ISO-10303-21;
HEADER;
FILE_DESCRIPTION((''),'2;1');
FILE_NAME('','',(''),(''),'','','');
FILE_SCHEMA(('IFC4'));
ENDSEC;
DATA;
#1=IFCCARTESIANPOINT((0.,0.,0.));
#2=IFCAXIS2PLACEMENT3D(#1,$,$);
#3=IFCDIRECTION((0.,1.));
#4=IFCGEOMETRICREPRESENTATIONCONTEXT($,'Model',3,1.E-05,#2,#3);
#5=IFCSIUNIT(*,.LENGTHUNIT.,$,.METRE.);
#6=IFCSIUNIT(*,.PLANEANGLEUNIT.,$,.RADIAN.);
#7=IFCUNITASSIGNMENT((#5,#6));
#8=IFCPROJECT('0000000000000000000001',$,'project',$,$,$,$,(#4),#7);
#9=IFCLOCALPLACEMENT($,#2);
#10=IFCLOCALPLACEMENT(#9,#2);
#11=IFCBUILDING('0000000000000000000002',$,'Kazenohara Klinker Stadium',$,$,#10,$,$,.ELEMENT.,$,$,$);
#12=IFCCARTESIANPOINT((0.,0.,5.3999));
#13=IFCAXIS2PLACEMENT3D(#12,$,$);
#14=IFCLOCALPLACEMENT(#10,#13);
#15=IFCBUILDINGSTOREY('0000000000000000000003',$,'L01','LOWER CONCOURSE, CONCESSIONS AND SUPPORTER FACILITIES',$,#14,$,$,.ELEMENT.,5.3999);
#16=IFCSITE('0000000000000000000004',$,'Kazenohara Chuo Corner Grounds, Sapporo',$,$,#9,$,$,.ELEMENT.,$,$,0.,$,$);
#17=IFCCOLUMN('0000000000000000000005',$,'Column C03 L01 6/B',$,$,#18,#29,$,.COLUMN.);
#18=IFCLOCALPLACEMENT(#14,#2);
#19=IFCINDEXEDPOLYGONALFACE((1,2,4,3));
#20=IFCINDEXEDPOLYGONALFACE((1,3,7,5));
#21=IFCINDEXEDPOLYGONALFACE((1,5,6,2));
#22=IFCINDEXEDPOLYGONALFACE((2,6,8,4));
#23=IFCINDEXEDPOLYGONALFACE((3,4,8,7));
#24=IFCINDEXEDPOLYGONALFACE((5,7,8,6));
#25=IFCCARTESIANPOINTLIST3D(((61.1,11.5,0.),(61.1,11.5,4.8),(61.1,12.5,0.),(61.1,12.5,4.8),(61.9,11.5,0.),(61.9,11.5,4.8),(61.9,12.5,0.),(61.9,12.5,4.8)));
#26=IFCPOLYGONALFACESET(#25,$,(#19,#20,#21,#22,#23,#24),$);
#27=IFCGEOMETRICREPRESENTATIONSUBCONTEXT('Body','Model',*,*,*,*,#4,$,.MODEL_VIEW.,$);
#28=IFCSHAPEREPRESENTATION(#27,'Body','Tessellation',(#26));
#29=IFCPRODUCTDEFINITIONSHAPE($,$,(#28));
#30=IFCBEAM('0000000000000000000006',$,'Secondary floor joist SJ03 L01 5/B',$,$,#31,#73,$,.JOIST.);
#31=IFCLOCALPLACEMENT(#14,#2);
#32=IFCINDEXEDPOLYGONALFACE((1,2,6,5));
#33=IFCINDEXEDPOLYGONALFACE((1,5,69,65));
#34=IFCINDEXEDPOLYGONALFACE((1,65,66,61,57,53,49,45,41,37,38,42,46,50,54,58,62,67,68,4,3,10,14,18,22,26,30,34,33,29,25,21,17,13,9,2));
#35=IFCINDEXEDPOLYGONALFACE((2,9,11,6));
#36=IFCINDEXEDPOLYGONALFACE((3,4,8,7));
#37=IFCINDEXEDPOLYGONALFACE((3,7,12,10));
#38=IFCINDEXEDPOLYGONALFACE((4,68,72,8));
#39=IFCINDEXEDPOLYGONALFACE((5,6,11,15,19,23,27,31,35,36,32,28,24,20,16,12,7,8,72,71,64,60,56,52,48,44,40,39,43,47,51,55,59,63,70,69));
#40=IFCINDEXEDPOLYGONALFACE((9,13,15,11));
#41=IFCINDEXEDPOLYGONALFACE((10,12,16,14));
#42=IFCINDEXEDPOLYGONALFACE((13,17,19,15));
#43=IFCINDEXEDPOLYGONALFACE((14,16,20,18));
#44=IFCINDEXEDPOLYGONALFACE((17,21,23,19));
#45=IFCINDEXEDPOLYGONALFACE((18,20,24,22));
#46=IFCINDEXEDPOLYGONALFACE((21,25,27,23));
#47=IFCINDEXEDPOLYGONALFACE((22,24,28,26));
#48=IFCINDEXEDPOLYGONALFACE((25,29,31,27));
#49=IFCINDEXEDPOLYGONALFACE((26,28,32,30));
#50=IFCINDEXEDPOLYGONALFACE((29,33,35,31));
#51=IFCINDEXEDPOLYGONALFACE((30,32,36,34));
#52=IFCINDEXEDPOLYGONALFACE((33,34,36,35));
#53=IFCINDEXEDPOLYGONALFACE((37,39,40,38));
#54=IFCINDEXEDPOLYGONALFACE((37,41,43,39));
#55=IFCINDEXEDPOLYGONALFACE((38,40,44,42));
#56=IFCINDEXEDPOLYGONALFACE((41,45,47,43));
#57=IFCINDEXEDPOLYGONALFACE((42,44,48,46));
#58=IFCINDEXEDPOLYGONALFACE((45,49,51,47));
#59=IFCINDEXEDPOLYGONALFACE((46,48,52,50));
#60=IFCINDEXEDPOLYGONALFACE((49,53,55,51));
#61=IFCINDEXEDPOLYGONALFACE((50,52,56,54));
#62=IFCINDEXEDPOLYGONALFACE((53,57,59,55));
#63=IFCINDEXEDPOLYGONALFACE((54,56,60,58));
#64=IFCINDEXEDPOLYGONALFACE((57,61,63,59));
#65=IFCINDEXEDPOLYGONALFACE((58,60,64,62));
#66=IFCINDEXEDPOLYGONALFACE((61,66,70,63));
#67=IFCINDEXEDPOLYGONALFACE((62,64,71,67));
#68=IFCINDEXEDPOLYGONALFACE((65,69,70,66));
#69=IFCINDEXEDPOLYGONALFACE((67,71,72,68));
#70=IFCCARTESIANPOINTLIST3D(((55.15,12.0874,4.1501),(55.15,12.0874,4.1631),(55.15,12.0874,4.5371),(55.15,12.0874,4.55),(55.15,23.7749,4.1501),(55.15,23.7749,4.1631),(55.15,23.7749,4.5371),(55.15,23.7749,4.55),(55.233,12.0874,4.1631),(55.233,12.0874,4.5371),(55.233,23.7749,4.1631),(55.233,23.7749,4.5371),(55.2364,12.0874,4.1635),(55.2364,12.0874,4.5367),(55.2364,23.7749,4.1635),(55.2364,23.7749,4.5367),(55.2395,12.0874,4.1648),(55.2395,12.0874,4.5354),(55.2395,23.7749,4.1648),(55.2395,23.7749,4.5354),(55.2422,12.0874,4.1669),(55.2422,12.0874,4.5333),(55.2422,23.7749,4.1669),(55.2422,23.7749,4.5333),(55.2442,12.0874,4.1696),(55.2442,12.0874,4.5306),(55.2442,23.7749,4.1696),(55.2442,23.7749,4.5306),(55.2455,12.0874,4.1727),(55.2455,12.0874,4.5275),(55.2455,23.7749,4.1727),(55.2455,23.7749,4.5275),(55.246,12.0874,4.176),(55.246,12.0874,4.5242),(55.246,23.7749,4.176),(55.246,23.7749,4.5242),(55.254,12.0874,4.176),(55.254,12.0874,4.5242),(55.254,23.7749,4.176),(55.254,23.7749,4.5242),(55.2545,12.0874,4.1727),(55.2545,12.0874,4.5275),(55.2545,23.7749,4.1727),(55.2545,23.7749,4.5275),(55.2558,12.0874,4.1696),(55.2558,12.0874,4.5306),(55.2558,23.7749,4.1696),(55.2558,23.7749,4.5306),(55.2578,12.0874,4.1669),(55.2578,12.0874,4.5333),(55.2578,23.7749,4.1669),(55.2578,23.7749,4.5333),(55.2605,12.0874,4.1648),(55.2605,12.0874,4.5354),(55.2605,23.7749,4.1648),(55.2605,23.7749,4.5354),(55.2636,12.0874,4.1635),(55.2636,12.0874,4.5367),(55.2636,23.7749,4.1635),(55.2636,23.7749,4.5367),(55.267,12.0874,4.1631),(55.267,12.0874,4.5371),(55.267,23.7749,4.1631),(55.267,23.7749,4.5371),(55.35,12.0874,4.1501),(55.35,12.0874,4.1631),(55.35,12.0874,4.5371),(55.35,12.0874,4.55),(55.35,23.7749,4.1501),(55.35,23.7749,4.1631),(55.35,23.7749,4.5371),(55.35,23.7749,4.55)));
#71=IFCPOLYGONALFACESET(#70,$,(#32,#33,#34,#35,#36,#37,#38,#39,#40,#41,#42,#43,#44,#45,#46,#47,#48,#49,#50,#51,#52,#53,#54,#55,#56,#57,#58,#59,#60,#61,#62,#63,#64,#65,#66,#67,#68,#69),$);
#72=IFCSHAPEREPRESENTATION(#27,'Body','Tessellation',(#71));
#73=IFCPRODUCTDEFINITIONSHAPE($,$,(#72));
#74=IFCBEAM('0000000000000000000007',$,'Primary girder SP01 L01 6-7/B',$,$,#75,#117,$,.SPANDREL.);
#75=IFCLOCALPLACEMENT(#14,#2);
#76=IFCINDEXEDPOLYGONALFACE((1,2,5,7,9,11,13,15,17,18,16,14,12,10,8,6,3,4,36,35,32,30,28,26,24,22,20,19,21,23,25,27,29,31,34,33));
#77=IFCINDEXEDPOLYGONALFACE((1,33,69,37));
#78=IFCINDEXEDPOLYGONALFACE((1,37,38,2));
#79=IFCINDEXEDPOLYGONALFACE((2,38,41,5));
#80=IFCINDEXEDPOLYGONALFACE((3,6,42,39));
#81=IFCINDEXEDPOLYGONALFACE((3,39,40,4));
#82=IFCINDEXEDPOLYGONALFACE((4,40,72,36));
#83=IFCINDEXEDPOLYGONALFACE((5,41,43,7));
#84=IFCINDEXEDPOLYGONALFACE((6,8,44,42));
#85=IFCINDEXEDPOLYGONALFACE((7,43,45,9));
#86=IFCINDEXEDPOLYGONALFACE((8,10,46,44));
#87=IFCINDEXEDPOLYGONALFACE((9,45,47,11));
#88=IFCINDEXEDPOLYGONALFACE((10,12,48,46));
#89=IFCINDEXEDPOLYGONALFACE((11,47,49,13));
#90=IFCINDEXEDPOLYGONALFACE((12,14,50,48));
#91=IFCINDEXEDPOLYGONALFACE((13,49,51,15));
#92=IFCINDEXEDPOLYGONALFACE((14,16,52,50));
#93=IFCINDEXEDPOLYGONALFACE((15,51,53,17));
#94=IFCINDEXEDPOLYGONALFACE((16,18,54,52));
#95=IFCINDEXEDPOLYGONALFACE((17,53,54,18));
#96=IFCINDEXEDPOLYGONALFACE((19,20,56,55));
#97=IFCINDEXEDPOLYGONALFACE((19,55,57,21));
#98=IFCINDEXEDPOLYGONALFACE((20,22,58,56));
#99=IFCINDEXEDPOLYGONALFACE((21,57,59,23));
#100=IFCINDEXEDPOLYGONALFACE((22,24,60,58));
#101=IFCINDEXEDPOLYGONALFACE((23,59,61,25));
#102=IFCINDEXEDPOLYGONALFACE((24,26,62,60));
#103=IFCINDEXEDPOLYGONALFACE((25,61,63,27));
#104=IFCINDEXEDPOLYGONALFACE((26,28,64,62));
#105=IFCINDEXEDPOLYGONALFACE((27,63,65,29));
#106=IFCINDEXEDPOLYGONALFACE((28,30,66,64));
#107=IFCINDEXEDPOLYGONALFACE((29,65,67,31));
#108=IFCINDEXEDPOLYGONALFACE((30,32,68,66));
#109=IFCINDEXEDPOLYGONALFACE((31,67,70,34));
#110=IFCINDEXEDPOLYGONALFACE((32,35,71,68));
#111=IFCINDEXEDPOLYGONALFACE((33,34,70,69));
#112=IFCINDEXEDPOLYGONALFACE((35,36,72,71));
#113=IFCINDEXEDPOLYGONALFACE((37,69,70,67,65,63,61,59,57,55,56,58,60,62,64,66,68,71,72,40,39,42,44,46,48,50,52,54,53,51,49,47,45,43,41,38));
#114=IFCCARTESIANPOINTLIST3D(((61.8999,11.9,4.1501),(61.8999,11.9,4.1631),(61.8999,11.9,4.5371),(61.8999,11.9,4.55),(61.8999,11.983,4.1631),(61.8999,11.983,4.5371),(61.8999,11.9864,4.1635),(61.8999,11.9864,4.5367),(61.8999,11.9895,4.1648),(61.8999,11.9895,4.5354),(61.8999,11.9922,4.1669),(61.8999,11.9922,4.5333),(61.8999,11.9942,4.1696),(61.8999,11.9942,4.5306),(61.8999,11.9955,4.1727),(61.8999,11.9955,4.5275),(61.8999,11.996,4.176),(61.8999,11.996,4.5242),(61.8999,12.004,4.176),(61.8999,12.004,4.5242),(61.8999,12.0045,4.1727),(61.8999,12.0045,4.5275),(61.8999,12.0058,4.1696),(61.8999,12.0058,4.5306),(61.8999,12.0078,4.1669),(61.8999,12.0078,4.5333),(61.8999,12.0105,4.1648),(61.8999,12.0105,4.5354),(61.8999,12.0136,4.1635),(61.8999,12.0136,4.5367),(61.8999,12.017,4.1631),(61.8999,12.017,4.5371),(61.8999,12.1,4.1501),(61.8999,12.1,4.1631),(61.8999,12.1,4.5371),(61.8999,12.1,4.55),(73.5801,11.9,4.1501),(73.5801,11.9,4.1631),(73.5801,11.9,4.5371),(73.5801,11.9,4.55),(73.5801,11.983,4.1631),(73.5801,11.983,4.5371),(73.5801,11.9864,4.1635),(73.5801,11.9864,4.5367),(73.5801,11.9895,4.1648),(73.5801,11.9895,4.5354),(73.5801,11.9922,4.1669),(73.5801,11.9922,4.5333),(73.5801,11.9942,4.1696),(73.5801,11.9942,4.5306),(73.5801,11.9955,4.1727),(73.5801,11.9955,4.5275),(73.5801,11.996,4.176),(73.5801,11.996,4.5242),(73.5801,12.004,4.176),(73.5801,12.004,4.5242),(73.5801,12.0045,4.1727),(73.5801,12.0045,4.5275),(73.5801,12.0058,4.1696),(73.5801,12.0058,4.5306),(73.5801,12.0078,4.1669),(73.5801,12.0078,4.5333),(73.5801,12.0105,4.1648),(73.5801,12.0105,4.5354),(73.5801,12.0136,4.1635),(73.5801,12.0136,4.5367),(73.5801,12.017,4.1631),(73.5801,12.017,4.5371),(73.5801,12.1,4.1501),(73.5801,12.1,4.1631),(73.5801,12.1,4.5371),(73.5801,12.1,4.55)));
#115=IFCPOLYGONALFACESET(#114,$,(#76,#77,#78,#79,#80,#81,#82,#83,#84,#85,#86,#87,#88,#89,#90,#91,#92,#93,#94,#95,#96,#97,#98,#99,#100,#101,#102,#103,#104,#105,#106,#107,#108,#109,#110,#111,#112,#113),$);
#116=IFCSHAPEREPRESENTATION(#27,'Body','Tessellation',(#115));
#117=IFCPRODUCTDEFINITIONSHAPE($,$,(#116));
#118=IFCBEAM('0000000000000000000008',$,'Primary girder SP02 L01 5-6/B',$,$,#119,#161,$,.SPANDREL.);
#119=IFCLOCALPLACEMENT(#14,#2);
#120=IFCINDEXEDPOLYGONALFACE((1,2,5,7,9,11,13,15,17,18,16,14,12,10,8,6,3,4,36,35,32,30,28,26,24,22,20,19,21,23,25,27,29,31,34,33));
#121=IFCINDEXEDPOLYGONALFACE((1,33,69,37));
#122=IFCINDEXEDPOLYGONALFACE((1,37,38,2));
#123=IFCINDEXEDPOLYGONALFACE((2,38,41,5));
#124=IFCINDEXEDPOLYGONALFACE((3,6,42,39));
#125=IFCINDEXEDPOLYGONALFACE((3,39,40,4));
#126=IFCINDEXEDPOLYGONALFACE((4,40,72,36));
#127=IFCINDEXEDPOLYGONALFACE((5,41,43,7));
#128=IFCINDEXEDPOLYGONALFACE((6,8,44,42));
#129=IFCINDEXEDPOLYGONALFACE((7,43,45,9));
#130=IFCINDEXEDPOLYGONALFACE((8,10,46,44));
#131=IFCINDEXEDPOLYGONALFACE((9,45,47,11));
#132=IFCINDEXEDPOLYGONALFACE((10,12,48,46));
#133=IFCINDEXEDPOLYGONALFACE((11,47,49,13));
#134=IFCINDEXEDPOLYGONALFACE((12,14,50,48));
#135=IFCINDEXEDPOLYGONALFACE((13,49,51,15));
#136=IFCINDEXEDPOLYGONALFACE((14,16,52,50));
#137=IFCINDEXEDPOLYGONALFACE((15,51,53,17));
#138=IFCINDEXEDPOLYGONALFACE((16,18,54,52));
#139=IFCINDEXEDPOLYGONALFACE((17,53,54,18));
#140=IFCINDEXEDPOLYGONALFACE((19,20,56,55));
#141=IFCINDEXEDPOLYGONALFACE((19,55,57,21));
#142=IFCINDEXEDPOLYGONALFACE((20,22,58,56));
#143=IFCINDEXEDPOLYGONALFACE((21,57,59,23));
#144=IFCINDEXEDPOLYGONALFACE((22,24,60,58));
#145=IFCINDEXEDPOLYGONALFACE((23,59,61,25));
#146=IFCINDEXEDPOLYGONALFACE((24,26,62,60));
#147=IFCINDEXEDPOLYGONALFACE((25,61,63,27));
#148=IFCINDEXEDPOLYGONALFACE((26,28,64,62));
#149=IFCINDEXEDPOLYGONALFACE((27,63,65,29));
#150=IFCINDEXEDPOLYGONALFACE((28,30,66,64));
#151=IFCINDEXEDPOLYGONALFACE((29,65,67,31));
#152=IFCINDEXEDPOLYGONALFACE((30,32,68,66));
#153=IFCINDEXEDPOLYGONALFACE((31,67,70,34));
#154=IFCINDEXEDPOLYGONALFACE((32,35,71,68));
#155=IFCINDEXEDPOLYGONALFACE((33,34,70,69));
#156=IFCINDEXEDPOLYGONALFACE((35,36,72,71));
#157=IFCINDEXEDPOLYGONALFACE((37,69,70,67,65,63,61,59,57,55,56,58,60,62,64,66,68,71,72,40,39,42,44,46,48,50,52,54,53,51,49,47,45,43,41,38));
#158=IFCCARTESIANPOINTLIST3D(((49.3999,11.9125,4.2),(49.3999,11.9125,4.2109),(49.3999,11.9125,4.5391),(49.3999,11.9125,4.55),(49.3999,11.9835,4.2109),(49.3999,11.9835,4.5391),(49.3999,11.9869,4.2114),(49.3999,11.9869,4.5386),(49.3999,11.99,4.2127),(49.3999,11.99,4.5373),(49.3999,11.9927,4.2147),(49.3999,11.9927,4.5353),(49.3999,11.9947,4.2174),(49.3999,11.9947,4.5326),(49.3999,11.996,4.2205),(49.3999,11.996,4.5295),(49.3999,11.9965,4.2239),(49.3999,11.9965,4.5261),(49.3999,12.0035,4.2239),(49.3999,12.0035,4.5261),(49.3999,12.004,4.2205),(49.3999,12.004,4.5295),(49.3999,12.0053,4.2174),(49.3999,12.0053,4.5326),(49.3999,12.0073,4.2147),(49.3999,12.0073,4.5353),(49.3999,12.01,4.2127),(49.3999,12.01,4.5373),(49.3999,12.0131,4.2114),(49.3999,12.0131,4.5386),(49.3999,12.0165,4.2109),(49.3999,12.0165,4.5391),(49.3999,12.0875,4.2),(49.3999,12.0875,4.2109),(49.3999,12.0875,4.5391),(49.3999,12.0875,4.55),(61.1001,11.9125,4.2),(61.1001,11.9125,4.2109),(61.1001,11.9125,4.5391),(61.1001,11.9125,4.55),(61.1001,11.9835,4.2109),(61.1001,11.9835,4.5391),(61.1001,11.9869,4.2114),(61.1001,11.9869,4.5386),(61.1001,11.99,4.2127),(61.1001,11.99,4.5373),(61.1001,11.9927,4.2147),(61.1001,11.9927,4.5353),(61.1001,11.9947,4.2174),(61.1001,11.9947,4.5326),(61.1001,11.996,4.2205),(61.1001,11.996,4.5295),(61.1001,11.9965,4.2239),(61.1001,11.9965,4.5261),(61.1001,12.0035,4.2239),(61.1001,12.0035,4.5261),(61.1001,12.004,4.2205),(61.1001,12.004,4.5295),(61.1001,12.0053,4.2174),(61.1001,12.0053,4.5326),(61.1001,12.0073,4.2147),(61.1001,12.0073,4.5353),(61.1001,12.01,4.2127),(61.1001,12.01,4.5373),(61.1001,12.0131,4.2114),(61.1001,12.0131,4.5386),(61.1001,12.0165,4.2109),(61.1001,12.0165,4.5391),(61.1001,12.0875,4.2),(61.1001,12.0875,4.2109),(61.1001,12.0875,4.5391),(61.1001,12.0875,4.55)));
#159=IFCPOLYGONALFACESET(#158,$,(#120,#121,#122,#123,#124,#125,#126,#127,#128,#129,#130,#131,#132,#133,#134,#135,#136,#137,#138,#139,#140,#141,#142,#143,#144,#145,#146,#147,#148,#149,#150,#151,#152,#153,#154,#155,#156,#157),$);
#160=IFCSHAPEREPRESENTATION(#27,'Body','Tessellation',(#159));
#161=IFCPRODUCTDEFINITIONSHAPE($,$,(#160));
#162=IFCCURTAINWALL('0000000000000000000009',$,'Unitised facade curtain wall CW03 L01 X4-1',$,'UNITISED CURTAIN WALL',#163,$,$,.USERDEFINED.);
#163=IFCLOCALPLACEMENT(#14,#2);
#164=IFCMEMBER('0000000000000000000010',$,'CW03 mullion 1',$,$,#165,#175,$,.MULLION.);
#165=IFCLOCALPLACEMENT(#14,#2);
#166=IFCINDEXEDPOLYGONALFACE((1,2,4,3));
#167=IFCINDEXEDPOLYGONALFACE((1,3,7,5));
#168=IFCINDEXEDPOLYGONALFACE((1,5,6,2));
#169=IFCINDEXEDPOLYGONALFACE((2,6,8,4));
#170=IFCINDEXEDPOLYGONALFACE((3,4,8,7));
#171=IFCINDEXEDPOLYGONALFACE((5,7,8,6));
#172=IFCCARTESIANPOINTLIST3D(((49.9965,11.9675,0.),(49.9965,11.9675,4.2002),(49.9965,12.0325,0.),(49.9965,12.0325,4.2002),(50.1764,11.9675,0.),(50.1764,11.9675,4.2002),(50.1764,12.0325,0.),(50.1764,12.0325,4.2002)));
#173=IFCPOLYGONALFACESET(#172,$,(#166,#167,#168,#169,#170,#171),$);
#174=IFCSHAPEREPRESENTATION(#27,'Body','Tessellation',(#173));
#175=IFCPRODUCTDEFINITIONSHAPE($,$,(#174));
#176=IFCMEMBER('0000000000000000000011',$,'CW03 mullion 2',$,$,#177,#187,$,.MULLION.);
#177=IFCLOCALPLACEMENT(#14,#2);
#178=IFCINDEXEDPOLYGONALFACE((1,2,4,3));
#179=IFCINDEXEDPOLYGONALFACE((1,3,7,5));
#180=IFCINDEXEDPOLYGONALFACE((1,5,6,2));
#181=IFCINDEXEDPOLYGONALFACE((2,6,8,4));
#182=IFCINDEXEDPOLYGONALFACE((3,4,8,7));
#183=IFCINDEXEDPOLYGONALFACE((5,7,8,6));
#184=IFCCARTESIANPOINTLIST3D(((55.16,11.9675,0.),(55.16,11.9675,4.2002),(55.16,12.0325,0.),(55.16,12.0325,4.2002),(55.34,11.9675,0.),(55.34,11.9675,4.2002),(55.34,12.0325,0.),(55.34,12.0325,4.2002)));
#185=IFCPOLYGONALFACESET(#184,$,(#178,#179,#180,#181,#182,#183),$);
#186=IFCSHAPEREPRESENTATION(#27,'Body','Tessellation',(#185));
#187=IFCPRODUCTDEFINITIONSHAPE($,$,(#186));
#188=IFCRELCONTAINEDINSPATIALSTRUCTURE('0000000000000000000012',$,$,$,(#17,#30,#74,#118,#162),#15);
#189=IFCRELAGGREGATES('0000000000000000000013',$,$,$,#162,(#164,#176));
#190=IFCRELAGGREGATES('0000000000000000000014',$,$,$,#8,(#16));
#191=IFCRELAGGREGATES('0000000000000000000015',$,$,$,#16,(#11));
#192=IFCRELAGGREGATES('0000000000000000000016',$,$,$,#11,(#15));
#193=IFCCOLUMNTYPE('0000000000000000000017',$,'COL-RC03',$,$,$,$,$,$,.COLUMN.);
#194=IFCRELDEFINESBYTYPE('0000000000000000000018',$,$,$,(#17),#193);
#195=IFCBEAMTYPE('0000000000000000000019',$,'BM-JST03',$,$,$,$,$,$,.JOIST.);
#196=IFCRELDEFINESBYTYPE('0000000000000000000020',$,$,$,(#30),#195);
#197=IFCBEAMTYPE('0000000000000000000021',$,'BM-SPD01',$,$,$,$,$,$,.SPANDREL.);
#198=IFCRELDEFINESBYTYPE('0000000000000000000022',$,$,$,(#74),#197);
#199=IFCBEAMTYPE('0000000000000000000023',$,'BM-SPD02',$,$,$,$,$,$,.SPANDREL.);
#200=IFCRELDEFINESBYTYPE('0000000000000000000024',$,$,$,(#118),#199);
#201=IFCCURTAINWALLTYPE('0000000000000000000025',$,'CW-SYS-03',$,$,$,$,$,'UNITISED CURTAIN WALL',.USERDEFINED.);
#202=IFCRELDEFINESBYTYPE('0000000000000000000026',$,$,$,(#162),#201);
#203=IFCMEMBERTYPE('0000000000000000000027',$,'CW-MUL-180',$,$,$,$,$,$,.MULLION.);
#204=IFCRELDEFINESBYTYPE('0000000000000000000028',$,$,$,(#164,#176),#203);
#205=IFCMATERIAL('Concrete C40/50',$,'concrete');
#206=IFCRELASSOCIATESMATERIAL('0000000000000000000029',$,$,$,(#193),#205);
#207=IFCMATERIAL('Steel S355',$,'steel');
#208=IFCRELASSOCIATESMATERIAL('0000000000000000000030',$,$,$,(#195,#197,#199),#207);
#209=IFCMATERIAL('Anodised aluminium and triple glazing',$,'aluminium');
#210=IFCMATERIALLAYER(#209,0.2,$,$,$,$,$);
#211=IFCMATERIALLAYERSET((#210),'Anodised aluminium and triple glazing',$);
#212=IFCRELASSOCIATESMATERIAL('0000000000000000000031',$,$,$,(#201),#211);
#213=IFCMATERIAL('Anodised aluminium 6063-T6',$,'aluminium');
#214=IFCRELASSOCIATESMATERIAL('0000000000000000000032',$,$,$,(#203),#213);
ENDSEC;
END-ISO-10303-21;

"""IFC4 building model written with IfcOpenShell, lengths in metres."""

from ifc_helpers import new_model, si_unit, direction, frame, origin, origin_2d, place, context, subcontext, project, spatial, rectangle, i_section, extrude, material, layer, layer_set, material_profile, profile_set, type_object, element, aggregate, save


model = new_model("IFC4")

# Units and contexts
model_context = context("Model", 3, precision=1e-05, world=origin(), true_north=direction((0.0, 1.0)))
body_context = subcontext(model_context, "Body", "Model", "MODEL_VIEW")
ifc_project = project(units=[si_unit("LENGTHUNIT", "METRE"), si_unit("PLANEANGLEUNIT", "RADIAN")], contexts=[model_context])

# Site, building, storey
site_placement = place(None, origin())
site = spatial("IfcSite", under=ifc_project, at=site_placement, Name="Kazenohara Chuo Corner Grounds, Sapporo", CompositionType="ELEMENT", RefElevation=0.0)
building_placement = place(site_placement, origin())
building = spatial("IfcBuilding", under=site, at=building_placement, Name="Kazenohara Klinker Stadium", CompositionType="ELEMENT")
storey_placement = place(building_placement, frame((0.0, 0.0, 5.3999)))
storey = spatial("IfcBuildingStorey", under=building, at=storey_placement, Name="L01", Description="LOWER CONCOURSE, CONCESSIONS AND SUPPORTER FACILITIES", CompositionType="ELEMENT", Elevation=5.3999)

# Column
ifc_material_1 = material(Name="Concrete C40/50", Category="concrete")
ifc_material_profile_1 = material_profile(ifc_material_1, rectangle(XDim=0.8, YDim=1.0, at=origin_2d()), Name="RC-COL-1000x800")
ifc_profile_set_1 = profile_set([ifc_material_profile_1], Name="Concrete C40/50")
column_type = type_object("IfcColumnType", Name="COL-RC03", PredefinedType="COLUMN", material=ifc_profile_set_1)
column_placement = place(storey_placement, frame((61.5, 12.0, 0.0), z_axis=(0.0, 0.0, 1.0), x_axis=(1.0, 0.0, 0.0)))
element("IfcColumn", 1, at=column_placement, inside=storey, type_object=column_type, Name="Column C03 L01 6/B", PredefinedType="COLUMN", context=body_context, shape_type="SweptSolid", body=[
    extrude(rectangle(XDim=0.8, YDim=1.0, at=origin_2d()), origin(), (0.0, 0.0, 1.0), 4.8),
])

# Beams
ifc_material_2 = material(Name="Steel S355", Category="steel")
ifc_material_profile_2 = material_profile(ifc_material_2, i_section(OverallWidth=0.2, OverallDepth=0.3999, WebThickness=0.0081, FlangeThickness=0.0129, FilletRadius=0.0129, at=origin_2d()), Name="H-400x200x8x13")
ifc_profile_set_2 = profile_set([ifc_material_profile_2], Name="Steel S355")
beam_type_1 = type_object("IfcBeamType", Name="BM-JST03", PredefinedType="JOIST", material=ifc_profile_set_2)
beam_1_placement = place(storey_placement, frame((55.25, 12.0874, 4.3501), z_axis=(0.0, 1.0, 0.0), x_axis=(-1.0, 0.0, 0.0)))
element("IfcBeam", 2, at=beam_1_placement, inside=storey, type_object=beam_type_1, Name="Secondary floor joist SJ03 L01 5/B", PredefinedType="JOIST", context=body_context, shape_type="SweptSolid", body=[
    extrude(i_section(OverallWidth=0.2, OverallDepth=0.3999, WebThickness=0.0081, FlangeThickness=0.0129, FilletRadius=0.0129, at=origin_2d()), origin(), (0.0, 0.0, 1.0), 11.6875),
])
ifc_material_profile_3 = material_profile(ifc_material_2, i_section(OverallWidth=0.2, OverallDepth=0.3999, WebThickness=0.0081, FlangeThickness=0.0129, FilletRadius=0.0129, at=origin_2d()), Name="H-400x200x8x13")
ifc_profile_set_3 = profile_set([ifc_material_profile_3], Name="Steel S355")
beam_type_2 = type_object("IfcBeamType", Name="BM-SPD01", PredefinedType="SPANDREL", material=ifc_profile_set_3)
beam_2_placement = place(storey_placement, frame((61.8999, 12.0, 4.3501), z_axis=(1.0, 0.0, 0.0), x_axis=(0.0, 1.0, 0.0)))
element("IfcBeam", 3, at=beam_2_placement, inside=storey, type_object=beam_type_2, Name="Primary girder SP01 L01 6-7/B", PredefinedType="SPANDREL", context=body_context, shape_type="SweptSolid", body=[
    extrude(i_section(OverallWidth=0.2, OverallDepth=0.3999, WebThickness=0.0081, FlangeThickness=0.0129, FilletRadius=0.0129, at=origin_2d()), origin(), (0.0, 0.0, 1.0), 11.6802),
])
ifc_material_profile_4 = material_profile(ifc_material_2, i_section(OverallWidth=0.175, OverallDepth=0.3501, WebThickness=0.0071, FlangeThickness=0.011, FilletRadius=0.0129, at=origin_2d()), Name="H-350x175x7x11")
ifc_profile_set_4 = profile_set([ifc_material_profile_4], Name="Steel S355")
beam_type_3 = type_object("IfcBeamType", Name="BM-SPD02", PredefinedType="SPANDREL", material=ifc_profile_set_4)
beam_3_placement = place(storey_placement, frame((49.3999, 12.0, 4.375), z_axis=(1.0, 0.0, 0.0), x_axis=(0.0, 1.0, 0.0)))
element("IfcBeam", 4, at=beam_3_placement, inside=storey, type_object=beam_type_3, Name="Primary girder SP02 L01 5-6/B", PredefinedType="SPANDREL", context=body_context, shape_type="SweptSolid", body=[
    extrude(i_section(OverallWidth=0.175, OverallDepth=0.3501, WebThickness=0.0071, FlangeThickness=0.011, FilletRadius=0.0129, at=origin_2d()), origin(), (0.0, 0.0, 1.0), 11.7002),
])

# Curtain wall, members
ifc_material_3 = material(Name="Anodised aluminium and triple glazing", Category="aluminium")
ifc_layer_1 = layer(ifc_material_3, 0.2)
ifc_layer_set_1 = layer_set([ifc_layer_1], Name="Anodised aluminium and triple glazing")
curtain_wall_type_1 = type_object("IfcCurtainWallType", Name="CW-SYS-03", ElementType="UNITISED CURTAIN WALL", PredefinedType="USERDEFINED", material=ifc_layer_set_1)
curtain_wall_1_placement = place(storey_placement, origin())
curtain_wall_1 = element("IfcCurtainWall", 5, at=curtain_wall_1_placement, inside=storey, type_object=curtain_wall_type_1, Name="Unitised facade curtain wall CW03 L01 X4-1", ObjectType="UNITISED CURTAIN WALL", PredefinedType="USERDEFINED")
ifc_material_4 = material(Name="Anodised aluminium 6063-T6", Category="aluminium")
ifc_material_profile_5 = material_profile(ifc_material_4, rectangle(XDim=0.0649, YDim=0.1799, at=origin_2d()), Name="ALU-MUL-65x180")
ifc_profile_set_5 = profile_set([ifc_material_profile_5], Name="Anodised aluminium 6063-T6")
member_type_1 = type_object("IfcMemberType", Name="CW-MUL-180", PredefinedType="MULLION", material=ifc_profile_set_5)
member_1_placement = place(storey_placement, frame((50.0864, 12.0, 0.0), z_axis=(0.0, 0.0, 1.0), x_axis=(0.0, 1.0, 0.0)))
member_1 = element("IfcMember", 6, at=member_1_placement, type_object=member_type_1, Name="CW03 mullion 1", PredefinedType="MULLION", context=body_context, shape_type="SweptSolid", body=[
    extrude(rectangle(XDim=0.0649, YDim=0.1799, at=origin_2d()), origin(), (0.0, 0.0, 1.0), 4.2002),
])
member_2_placement = place(storey_placement, frame((55.25, 12.0, 0.0), z_axis=(0.0, 0.0, 1.0), x_axis=(0.0, 1.0, 0.0)))
member_2 = element("IfcMember", 7, at=member_2_placement, type_object=member_type_1, Name="CW03 mullion 2", PredefinedType="MULLION", context=body_context, shape_type="SweptSolid", body=[
    extrude(rectangle(XDim=0.0649, YDim=0.1799, at=origin_2d()), origin(), (0.0, 0.0, 1.0), 4.2002),
])

aggregate(curtain_wall_1, [member_1, member_2])

save(model, "model.ifc")
